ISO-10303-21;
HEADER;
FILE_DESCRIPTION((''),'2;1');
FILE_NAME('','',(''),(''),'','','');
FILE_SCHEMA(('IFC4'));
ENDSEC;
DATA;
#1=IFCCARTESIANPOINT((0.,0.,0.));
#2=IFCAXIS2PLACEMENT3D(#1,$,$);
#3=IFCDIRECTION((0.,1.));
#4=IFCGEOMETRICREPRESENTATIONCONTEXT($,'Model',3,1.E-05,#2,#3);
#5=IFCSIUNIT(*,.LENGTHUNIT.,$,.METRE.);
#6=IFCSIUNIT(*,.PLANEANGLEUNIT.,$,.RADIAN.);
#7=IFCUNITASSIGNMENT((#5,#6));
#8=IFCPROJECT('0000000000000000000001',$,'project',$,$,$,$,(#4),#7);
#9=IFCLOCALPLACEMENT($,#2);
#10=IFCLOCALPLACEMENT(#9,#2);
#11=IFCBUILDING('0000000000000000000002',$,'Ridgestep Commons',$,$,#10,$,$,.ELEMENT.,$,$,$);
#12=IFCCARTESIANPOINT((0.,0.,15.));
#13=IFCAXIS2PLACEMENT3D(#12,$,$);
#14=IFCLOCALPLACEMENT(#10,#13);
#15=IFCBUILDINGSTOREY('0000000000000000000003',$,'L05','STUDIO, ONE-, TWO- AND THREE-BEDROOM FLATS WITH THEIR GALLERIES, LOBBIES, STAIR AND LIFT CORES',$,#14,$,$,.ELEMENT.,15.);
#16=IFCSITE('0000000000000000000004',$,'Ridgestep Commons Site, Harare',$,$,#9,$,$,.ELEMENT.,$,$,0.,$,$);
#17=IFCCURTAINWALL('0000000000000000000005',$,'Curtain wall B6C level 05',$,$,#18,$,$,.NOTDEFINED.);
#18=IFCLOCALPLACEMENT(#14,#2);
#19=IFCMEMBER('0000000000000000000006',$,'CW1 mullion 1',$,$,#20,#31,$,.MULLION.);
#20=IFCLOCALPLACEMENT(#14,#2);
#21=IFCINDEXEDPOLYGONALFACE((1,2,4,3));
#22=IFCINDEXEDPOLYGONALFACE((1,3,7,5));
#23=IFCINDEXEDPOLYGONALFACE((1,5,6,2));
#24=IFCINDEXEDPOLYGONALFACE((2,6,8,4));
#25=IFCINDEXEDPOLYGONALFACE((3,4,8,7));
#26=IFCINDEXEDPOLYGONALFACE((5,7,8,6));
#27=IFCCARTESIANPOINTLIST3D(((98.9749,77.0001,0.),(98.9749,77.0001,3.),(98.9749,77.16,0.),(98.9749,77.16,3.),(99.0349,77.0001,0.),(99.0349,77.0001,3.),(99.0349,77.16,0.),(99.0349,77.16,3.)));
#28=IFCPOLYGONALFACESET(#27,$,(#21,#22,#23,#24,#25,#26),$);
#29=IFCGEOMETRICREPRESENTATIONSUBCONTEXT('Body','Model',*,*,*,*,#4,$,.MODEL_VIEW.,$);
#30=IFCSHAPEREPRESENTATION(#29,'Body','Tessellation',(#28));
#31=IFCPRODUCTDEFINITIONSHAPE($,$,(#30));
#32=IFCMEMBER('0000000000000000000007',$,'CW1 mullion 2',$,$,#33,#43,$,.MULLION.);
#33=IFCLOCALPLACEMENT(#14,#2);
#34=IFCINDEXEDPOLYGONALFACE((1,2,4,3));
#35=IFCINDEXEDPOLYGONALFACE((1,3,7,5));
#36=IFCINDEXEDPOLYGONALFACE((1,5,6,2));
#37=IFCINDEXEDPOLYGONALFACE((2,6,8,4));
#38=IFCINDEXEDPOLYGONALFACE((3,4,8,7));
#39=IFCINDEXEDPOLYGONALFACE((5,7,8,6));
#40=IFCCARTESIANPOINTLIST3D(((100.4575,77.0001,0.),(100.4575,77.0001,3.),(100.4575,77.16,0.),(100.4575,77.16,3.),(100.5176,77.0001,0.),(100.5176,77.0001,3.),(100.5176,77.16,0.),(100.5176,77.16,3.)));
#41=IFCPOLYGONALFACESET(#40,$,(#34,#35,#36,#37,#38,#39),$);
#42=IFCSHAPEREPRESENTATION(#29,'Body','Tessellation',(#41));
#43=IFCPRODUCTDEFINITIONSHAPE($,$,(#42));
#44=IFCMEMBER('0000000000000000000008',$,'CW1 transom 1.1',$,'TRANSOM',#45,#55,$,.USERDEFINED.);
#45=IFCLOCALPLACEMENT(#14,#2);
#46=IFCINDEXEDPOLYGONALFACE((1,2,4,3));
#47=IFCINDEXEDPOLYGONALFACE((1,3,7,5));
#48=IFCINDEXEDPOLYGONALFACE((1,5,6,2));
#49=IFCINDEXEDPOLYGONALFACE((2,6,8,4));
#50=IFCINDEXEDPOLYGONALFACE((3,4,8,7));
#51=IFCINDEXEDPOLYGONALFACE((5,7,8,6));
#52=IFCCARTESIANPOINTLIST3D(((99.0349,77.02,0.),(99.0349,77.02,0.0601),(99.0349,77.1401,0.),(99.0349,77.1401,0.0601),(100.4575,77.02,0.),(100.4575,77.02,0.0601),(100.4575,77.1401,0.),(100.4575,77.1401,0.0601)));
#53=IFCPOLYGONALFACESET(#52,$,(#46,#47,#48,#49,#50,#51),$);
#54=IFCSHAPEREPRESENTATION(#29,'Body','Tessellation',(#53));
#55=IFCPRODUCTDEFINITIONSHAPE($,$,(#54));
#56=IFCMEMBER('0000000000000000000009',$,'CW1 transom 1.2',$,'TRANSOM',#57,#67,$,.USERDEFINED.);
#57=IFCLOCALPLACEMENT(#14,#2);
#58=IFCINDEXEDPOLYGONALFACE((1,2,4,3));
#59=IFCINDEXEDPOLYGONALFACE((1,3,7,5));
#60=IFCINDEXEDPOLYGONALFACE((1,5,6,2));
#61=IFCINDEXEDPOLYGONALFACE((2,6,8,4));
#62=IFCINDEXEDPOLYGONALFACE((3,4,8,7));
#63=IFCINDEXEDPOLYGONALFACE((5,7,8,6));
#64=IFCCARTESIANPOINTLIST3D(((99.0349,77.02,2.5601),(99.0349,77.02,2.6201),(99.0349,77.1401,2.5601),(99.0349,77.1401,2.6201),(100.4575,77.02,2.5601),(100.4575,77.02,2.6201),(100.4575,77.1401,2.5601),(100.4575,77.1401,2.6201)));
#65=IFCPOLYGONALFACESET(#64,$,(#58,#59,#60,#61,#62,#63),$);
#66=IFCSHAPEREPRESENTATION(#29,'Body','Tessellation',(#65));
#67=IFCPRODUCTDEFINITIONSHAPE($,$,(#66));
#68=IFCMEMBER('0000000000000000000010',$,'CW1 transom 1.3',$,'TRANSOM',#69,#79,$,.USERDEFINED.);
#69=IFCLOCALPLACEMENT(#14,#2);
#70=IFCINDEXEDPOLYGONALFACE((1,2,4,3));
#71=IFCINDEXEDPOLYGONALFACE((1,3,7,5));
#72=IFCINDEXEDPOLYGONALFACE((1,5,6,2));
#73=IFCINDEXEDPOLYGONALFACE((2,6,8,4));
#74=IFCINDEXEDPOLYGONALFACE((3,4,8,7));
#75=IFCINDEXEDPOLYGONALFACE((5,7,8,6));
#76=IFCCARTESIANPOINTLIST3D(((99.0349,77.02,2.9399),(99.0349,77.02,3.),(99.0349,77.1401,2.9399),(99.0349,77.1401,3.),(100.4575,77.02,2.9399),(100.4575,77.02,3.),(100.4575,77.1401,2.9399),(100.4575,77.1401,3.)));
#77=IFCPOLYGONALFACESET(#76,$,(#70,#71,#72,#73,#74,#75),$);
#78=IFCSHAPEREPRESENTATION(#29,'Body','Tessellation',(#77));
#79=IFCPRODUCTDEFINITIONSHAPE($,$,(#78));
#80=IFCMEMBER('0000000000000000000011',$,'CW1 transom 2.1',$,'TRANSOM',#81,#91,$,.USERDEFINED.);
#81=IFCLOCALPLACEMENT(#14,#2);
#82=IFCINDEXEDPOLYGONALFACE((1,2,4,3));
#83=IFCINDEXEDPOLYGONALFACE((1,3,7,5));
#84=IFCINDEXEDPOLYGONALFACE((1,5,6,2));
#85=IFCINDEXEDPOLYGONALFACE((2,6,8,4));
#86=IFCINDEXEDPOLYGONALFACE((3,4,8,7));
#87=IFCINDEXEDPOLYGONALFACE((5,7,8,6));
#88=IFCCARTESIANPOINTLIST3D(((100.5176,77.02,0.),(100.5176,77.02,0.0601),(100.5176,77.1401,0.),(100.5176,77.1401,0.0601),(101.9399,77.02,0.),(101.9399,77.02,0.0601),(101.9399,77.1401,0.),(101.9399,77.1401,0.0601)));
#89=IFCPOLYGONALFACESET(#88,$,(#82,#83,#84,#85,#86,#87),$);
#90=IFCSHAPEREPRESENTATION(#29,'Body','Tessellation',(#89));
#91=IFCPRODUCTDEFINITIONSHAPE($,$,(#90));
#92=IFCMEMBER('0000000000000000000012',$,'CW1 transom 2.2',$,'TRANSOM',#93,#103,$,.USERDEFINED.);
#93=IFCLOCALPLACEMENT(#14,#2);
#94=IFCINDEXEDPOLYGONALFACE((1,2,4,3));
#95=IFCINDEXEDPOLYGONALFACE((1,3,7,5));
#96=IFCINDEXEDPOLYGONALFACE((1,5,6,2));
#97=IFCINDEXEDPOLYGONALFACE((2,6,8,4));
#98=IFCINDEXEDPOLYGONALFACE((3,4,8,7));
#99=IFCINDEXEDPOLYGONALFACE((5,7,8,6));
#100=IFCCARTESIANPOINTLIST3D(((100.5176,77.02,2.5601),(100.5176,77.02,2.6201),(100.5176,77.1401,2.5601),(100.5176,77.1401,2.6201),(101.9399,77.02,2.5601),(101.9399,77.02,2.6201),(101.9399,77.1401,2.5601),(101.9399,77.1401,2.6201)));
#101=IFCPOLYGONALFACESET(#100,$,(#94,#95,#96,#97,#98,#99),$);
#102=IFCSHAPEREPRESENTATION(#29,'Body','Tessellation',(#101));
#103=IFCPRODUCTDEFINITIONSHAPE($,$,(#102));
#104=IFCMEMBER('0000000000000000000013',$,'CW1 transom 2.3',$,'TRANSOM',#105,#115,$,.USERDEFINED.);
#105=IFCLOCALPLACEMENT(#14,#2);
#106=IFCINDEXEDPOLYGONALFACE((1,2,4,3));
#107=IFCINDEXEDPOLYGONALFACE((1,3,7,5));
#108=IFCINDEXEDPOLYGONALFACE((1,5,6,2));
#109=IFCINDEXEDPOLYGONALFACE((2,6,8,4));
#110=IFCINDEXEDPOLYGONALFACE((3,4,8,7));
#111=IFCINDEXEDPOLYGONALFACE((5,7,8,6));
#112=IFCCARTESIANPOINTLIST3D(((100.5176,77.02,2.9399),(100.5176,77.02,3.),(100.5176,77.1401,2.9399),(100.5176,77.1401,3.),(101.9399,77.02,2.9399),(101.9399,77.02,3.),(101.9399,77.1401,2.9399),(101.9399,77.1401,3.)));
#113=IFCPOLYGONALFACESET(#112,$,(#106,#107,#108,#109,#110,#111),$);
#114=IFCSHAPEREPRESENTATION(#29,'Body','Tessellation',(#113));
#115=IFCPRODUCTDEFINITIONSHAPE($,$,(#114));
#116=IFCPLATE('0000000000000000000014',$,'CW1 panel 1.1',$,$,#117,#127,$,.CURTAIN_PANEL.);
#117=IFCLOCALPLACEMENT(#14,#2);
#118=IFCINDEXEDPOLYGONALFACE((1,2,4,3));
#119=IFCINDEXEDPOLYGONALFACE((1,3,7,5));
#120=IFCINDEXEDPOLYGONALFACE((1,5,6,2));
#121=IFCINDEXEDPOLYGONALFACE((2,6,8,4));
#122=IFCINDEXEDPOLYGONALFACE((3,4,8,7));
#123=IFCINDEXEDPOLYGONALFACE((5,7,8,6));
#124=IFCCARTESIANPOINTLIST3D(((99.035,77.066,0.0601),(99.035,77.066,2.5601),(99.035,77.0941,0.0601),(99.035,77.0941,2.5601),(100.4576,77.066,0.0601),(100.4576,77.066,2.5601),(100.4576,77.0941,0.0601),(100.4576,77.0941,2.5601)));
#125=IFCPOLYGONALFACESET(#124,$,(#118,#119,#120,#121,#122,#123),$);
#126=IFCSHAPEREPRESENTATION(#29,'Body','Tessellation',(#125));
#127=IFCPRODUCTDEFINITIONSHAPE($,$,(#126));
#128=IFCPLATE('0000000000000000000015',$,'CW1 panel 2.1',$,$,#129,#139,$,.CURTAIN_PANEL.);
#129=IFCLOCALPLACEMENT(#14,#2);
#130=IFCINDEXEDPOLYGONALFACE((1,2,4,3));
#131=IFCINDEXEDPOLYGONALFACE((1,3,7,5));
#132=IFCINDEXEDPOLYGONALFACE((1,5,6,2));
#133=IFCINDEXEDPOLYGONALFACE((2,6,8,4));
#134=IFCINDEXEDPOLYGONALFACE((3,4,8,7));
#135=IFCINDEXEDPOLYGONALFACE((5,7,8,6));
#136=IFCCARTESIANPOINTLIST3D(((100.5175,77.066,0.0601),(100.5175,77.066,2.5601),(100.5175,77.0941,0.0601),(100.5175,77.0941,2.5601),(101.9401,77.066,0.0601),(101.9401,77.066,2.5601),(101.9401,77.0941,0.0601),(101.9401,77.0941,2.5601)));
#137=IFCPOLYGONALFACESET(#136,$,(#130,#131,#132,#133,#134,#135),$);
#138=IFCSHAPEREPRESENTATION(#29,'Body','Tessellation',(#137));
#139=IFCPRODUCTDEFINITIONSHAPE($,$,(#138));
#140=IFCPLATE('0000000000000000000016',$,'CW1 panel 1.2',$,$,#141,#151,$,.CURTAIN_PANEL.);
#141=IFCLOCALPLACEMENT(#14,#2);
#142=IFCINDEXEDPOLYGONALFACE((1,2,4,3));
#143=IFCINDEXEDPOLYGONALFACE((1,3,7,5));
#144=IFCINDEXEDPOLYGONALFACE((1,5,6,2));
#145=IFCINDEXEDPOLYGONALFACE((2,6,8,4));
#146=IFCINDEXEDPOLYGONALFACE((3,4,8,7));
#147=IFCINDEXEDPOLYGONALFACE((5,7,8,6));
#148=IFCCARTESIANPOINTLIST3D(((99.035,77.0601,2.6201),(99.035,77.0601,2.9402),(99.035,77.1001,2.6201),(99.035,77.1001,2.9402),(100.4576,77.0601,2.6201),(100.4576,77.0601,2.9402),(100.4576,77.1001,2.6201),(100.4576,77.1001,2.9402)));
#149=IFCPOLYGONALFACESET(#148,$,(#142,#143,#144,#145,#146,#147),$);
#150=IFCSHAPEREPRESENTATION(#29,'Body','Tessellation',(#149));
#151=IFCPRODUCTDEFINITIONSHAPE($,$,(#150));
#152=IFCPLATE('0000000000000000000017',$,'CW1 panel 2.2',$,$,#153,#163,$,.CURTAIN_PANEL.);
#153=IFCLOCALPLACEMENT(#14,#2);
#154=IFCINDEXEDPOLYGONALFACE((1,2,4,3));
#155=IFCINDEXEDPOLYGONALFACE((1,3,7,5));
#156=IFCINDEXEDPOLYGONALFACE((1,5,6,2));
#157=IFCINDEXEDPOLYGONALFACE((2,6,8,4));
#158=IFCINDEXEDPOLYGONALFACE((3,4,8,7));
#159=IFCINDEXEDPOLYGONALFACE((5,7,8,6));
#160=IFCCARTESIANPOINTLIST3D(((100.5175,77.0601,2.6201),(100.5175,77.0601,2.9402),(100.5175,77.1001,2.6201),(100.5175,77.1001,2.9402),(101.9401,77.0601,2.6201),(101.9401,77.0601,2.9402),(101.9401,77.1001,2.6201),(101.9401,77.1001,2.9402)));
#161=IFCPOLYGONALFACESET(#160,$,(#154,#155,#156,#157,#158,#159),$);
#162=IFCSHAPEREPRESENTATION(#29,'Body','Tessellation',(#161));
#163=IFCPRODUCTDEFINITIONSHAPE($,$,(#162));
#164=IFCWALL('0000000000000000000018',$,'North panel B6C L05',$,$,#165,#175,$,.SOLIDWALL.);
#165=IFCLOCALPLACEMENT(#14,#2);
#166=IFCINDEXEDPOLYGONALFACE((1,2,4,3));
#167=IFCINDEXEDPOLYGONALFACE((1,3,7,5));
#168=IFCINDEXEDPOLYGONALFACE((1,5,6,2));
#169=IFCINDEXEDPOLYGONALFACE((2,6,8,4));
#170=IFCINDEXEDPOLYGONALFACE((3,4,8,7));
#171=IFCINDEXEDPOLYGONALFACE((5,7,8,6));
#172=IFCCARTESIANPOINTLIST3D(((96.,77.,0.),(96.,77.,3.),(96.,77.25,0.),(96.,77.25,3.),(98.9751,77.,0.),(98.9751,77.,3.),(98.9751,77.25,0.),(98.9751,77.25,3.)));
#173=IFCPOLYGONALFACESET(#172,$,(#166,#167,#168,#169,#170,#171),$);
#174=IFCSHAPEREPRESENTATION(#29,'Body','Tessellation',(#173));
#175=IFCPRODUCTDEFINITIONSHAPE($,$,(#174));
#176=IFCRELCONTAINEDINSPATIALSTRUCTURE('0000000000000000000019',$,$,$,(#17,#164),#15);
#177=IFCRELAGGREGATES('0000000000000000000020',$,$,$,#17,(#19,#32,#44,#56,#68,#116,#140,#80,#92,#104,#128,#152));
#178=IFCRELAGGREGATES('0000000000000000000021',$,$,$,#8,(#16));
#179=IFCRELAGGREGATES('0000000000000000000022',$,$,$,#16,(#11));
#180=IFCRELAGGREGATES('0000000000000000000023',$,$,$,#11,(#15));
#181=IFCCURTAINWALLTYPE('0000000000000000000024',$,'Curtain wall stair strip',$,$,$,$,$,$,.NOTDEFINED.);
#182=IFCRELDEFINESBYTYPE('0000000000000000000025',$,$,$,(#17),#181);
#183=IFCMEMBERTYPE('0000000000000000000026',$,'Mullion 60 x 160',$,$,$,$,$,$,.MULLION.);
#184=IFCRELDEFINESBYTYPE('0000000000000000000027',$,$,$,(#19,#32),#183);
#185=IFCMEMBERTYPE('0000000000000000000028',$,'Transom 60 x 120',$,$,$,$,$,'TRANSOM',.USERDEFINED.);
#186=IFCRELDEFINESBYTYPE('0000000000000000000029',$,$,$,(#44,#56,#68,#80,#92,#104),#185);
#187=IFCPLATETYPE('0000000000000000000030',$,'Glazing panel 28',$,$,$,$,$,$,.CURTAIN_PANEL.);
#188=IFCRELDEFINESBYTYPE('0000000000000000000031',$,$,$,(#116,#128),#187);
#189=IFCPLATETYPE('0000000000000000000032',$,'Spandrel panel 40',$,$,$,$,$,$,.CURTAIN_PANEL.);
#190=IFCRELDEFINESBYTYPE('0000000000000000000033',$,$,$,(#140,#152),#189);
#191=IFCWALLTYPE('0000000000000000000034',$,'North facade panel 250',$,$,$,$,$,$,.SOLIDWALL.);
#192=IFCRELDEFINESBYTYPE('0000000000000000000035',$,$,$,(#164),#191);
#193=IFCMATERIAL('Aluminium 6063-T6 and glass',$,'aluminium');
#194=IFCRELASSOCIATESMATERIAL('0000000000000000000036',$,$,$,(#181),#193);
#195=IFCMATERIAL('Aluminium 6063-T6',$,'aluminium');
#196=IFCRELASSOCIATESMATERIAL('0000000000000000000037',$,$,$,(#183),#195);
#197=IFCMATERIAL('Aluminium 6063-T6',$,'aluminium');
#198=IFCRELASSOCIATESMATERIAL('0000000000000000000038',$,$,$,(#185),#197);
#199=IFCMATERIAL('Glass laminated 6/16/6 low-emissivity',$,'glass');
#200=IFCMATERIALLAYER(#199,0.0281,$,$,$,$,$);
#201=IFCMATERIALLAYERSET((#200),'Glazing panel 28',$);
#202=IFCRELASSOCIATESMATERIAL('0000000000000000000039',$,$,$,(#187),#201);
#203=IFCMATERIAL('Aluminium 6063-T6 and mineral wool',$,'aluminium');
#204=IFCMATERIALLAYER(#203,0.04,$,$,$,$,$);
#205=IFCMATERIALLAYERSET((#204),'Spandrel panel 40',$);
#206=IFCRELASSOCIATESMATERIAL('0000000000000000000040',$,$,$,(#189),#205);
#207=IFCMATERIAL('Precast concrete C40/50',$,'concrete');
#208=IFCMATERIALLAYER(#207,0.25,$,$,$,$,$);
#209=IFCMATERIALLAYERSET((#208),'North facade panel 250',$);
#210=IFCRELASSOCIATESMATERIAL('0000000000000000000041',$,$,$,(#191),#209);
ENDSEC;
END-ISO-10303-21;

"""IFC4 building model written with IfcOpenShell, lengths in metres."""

from ifc_helpers import new_model, si_unit, direction, frame, frame_2d, origin, origin_2d, place, context, subcontext, project, spatial, rectangle, extrude, material, layer, layer_set, material_profile, profile_set, type_object, element, aggregate, save


model = new_model("IFC4")

# Units and contexts
model_context = context("Model", 3, precision=1e-05, world=origin(), true_north=direction((0.0, 1.0)))
body_context = subcontext(model_context, "Body", "Model", "MODEL_VIEW")
ifc_project = project(units=[si_unit("LENGTHUNIT", "METRE"), si_unit("PLANEANGLEUNIT", "RADIAN")], contexts=[model_context])

# Site, building, storey
site_placement = place(None, origin())
site = spatial("IfcSite", under=ifc_project, at=site_placement, Name="Ridgestep Commons Site, Harare", CompositionType="ELEMENT", RefElevation=0.0)
building_placement = place(site_placement, origin())
building = spatial("IfcBuilding", under=site, at=building_placement, Name="Ridgestep Commons", CompositionType="ELEMENT")
storey_placement = place(building_placement, frame((0.0, 0.0, 15.0)))
storey = spatial("IfcBuildingStorey", under=building, at=storey_placement, Name="L05", Description="STUDIO, ONE-, TWO- AND THREE-BEDROOM FLATS WITH THEIR GALLERIES, LOBBIES, STAIR AND LIFT CORES", CompositionType="ELEMENT", Elevation=15.0)

# Curtain wall, members, plates
ifc_material_1 = material(Name="Aluminium 6063-T6 and glass", Category="aluminium")
curtain_wall_type = type_object("IfcCurtainWallType", Name="Curtain wall stair strip", PredefinedType="NOTDEFINED", material=ifc_material_1)
curtain_wall_placement = place(storey_placement, origin())
curtain_wall = element("IfcCurtainWall", 1, at=curtain_wall_placement, inside=storey, type_object=curtain_wall_type, Name="Curtain wall B6C level 05", PredefinedType="NOTDEFINED")
ifc_material_2 = material(Name="Aluminium 6063-T6", Category="aluminium")
ifc_material_profile_1 = material_profile(ifc_material_2, rectangle(XDim=0.1599, YDim=0.0601, at=origin_2d()), Name="Mullion 60 x 160")
ifc_profile_set_1 = profile_set([ifc_material_profile_1], Name="Aluminium 6063-T6")
member_type_1 = type_object("IfcMemberType", Name="Mullion 60 x 160", PredefinedType="MULLION", material=ifc_profile_set_1)
member_1_placement = place(storey_placement, frame((99.0049, 77.0801, 0.0), z_axis=(0.0, 0.0, 1.0), x_axis=(0.0, 1.0, 0.0)))
member_1 = element("IfcMember", 2, at=member_1_placement, type_object=member_type_1, Name="CW1 mullion 1", PredefinedType="MULLION", context=body_context, shape_type="SweptSolid", body=[
    extrude(rectangle(XDim=0.1599, YDim=0.0601, at=origin_2d()), origin(), (0.0, 0.0, 1.0), 3.0),
])
member_2_placement = place(storey_placement, frame((100.4875, 77.0801, 0.0), z_axis=(0.0, 0.0, 1.0), x_axis=(0.0, 1.0, 0.0)))
member_2 = element("IfcMember", 3, at=member_2_placement, type_object=member_type_1, Name="CW1 mullion 2", PredefinedType="MULLION", context=body_context, shape_type="SweptSolid", body=[
    extrude(rectangle(XDim=0.1599, YDim=0.0601, at=origin_2d()), origin(), (0.0, 0.0, 1.0), 3.0),
])
ifc_material_3 = material(Name="Aluminium 6063-T6", Category="aluminium")
ifc_material_profile_2 = material_profile(ifc_material_3, rectangle(XDim=0.1201, YDim=0.0601, at=origin_2d()), Name="Transom 60 x 120")
ifc_profile_set_2 = profile_set([ifc_material_profile_2], Name="Aluminium 6063-T6")
member_type_2 = type_object("IfcMemberType", Name="Transom 60 x 120", ElementType="TRANSOM", PredefinedType="USERDEFINED", material=ifc_profile_set_2)
member_3_placement = place(storey_placement, frame((99.0349, 77.0801, 0.03), z_axis=(1.0, 0.0, 0.0), x_axis=(0.0, 1.0, 0.0)))
member_3 = element("IfcMember", 4, at=member_3_placement, type_object=member_type_2, Name="CW1 transom 1.1", ObjectType="TRANSOM", PredefinedType="USERDEFINED", context=body_context, shape_type="SweptSolid", body=[
    extrude(rectangle(XDim=0.1201, YDim=0.0601, at=origin_2d()), origin(), (0.0, 0.0, 1.0), 1.4226),
])
member_4_placement = place(storey_placement, frame((99.0349, 77.0801, 2.5901), z_axis=(1.0, 0.0, 0.0), x_axis=(0.0, 1.0, 0.0)))
member_4 = element("IfcMember", 5, at=member_4_placement, type_object=member_type_2, Name="CW1 transom 1.2", ObjectType="TRANSOM", PredefinedType="USERDEFINED", context=body_context, shape_type="SweptSolid", body=[
    extrude(rectangle(XDim=0.1201, YDim=0.0601, at=origin_2d()), origin(), (0.0, 0.0, 1.0), 1.4226),
])
member_5_placement = place(storey_placement, frame((99.0349, 77.0801, 2.97), z_axis=(1.0, 0.0, 0.0), x_axis=(0.0, 1.0, 0.0)))
member_5 = element("IfcMember", 6, at=member_5_placement, type_object=member_type_2, Name="CW1 transom 1.3", ObjectType="TRANSOM", PredefinedType="USERDEFINED", context=body_context, shape_type="SweptSolid", body=[
    extrude(rectangle(XDim=0.1201, YDim=0.0601, at=origin_2d()), origin(), (0.0, 0.0, 1.0), 1.4226),
])
member_6_placement = place(storey_placement, frame((100.5176, 77.0801, 0.03), z_axis=(1.0, 0.0, 0.0), x_axis=(0.0, 1.0, 0.0)))
member_6 = element("IfcMember", 7, at=member_6_placement, type_object=member_type_2, Name="CW1 transom 2.1", ObjectType="TRANSOM", PredefinedType="USERDEFINED", context=body_context, shape_type="SweptSolid", body=[
    extrude(rectangle(XDim=0.1201, YDim=0.0601, at=origin_2d()), origin(), (0.0, 0.0, 1.0), 1.4224),
])
member_7_placement = place(storey_placement, frame((100.5176, 77.0801, 2.5901), z_axis=(1.0, 0.0, 0.0), x_axis=(0.0, 1.0, 0.0)))
member_7 = element("IfcMember", 8, at=member_7_placement, type_object=member_type_2, Name="CW1 transom 2.2", ObjectType="TRANSOM", PredefinedType="USERDEFINED", context=body_context, shape_type="SweptSolid", body=[
    extrude(rectangle(XDim=0.1201, YDim=0.0601, at=origin_2d()), origin(), (0.0, 0.0, 1.0), 1.4224),
])
member_8_placement = place(storey_placement, frame((100.5176, 77.0801, 2.97), z_axis=(1.0, 0.0, 0.0), x_axis=(0.0, 1.0, 0.0)))
member_8 = element("IfcMember", 9, at=member_8_placement, type_object=member_type_2, Name="CW1 transom 2.3", ObjectType="TRANSOM", PredefinedType="USERDEFINED", context=body_context, shape_type="SweptSolid", body=[
    extrude(rectangle(XDim=0.1201, YDim=0.0601, at=origin_2d()), origin(), (0.0, 0.0, 1.0), 1.4224),
])
ifc_material_4 = material(Name="Glass laminated 6/16/6 low-emissivity", Category="glass")
ifc_layer_1 = layer(ifc_material_4, 0.0281)
ifc_layer_set_1 = layer_set([ifc_layer_1], Name="Glazing panel 28")
plate_type_1 = type_object("IfcPlateType", Name="Glazing panel 28", PredefinedType="CURTAIN_PANEL", material=ifc_layer_set_1)
plate_1_placement = place(storey_placement, frame((99.7463, 77.0801, 0.0601), z_axis=(0.0, 0.0, 1.0), x_axis=(1.0, 0.0, 0.0)))
plate_1 = element("IfcPlate", 10, at=plate_1_placement, type_object=plate_type_1, Name="CW1 panel 1.1", PredefinedType="CURTAIN_PANEL", context=body_context, shape_type="SweptSolid", body=[
    extrude(rectangle(XDim=1.4226, YDim=0.0281, at=origin_2d()), origin(), (0.0, 0.0, 1.0), 2.5),
])
plate_2_placement = place(storey_placement, frame((101.2288, 77.0801, 0.0601), z_axis=(0.0, 0.0, 1.0), x_axis=(1.0, 0.0, 0.0)))
plate_2 = element("IfcPlate", 11, at=plate_2_placement, type_object=plate_type_1, Name="CW1 panel 2.1", PredefinedType="CURTAIN_PANEL", context=body_context, shape_type="SweptSolid", body=[
    extrude(rectangle(XDim=1.4226, YDim=0.0281, at=origin_2d()), origin(), (0.0, 0.0, 1.0), 2.5),
])
ifc_material_5 = material(Name="Aluminium 6063-T6 and mineral wool", Category="aluminium")
ifc_layer_2 = layer(ifc_material_5, 0.04)
ifc_layer_set_2 = layer_set([ifc_layer_2], Name="Spandrel panel 40")
plate_type_2 = type_object("IfcPlateType", Name="Spandrel panel 40", PredefinedType="CURTAIN_PANEL", material=ifc_layer_set_2)
plate_3_placement = place(storey_placement, frame((99.7463, 77.0801, 2.6201), z_axis=(0.0, 0.0, 1.0), x_axis=(1.0, 0.0, 0.0)))
plate_3 = element("IfcPlate", 12, at=plate_3_placement, type_object=plate_type_2, Name="CW1 panel 1.2", PredefinedType="CURTAIN_PANEL", context=body_context, shape_type="SweptSolid", body=[
    extrude(rectangle(XDim=1.4226, YDim=0.04, at=origin_2d()), origin(), (0.0, 0.0, 1.0), 0.3201),
])
plate_4_placement = place(storey_placement, frame((101.2288, 77.0801, 2.6201), z_axis=(0.0, 0.0, 1.0), x_axis=(1.0, 0.0, 0.0)))
plate_4 = element("IfcPlate", 13, at=plate_4_placement, type_object=plate_type_2, Name="CW1 panel 2.2", PredefinedType="CURTAIN_PANEL", context=body_context, shape_type="SweptSolid", body=[
    extrude(rectangle(XDim=1.4226, YDim=0.04, at=origin_2d()), origin(), (0.0, 0.0, 1.0), 0.3201),
])
aggregate(curtain_wall, [member_1, member_2, member_3, member_4, member_5, plate_1, plate_3, member_6, member_7, member_8, plate_2, plate_4])

# Wall
ifc_material_6 = material(Name="Precast concrete C40/50", Category="concrete")
ifc_layer_3 = layer(ifc_material_6, 0.25)
ifc_layer_set_3 = layer_set([ifc_layer_3], Name="North facade panel 250")
wall_type = type_object("IfcWallType", Name="North facade panel 250", PredefinedType="SOLIDWALL", material=ifc_layer_set_3)
wall_placement = place(storey_placement, frame((96.0, 77.125, 0.0), z_axis=(0.0, 0.0, 1.0), x_axis=(1.0, 0.0, 0.0)))
element("IfcWall", 14, at=wall_placement, inside=storey, type_object=wall_type, Name="North panel B6C L05", PredefinedType="SOLIDWALL", context=body_context, shape_type="SweptSolid", body=[
    extrude(rectangle(XDim=2.9751, YDim=0.25, at=frame_2d((1.4875, 0.0))), origin(), (0.0, 0.0, 1.0), 3.0),
])

save(model, "model.ifc")
